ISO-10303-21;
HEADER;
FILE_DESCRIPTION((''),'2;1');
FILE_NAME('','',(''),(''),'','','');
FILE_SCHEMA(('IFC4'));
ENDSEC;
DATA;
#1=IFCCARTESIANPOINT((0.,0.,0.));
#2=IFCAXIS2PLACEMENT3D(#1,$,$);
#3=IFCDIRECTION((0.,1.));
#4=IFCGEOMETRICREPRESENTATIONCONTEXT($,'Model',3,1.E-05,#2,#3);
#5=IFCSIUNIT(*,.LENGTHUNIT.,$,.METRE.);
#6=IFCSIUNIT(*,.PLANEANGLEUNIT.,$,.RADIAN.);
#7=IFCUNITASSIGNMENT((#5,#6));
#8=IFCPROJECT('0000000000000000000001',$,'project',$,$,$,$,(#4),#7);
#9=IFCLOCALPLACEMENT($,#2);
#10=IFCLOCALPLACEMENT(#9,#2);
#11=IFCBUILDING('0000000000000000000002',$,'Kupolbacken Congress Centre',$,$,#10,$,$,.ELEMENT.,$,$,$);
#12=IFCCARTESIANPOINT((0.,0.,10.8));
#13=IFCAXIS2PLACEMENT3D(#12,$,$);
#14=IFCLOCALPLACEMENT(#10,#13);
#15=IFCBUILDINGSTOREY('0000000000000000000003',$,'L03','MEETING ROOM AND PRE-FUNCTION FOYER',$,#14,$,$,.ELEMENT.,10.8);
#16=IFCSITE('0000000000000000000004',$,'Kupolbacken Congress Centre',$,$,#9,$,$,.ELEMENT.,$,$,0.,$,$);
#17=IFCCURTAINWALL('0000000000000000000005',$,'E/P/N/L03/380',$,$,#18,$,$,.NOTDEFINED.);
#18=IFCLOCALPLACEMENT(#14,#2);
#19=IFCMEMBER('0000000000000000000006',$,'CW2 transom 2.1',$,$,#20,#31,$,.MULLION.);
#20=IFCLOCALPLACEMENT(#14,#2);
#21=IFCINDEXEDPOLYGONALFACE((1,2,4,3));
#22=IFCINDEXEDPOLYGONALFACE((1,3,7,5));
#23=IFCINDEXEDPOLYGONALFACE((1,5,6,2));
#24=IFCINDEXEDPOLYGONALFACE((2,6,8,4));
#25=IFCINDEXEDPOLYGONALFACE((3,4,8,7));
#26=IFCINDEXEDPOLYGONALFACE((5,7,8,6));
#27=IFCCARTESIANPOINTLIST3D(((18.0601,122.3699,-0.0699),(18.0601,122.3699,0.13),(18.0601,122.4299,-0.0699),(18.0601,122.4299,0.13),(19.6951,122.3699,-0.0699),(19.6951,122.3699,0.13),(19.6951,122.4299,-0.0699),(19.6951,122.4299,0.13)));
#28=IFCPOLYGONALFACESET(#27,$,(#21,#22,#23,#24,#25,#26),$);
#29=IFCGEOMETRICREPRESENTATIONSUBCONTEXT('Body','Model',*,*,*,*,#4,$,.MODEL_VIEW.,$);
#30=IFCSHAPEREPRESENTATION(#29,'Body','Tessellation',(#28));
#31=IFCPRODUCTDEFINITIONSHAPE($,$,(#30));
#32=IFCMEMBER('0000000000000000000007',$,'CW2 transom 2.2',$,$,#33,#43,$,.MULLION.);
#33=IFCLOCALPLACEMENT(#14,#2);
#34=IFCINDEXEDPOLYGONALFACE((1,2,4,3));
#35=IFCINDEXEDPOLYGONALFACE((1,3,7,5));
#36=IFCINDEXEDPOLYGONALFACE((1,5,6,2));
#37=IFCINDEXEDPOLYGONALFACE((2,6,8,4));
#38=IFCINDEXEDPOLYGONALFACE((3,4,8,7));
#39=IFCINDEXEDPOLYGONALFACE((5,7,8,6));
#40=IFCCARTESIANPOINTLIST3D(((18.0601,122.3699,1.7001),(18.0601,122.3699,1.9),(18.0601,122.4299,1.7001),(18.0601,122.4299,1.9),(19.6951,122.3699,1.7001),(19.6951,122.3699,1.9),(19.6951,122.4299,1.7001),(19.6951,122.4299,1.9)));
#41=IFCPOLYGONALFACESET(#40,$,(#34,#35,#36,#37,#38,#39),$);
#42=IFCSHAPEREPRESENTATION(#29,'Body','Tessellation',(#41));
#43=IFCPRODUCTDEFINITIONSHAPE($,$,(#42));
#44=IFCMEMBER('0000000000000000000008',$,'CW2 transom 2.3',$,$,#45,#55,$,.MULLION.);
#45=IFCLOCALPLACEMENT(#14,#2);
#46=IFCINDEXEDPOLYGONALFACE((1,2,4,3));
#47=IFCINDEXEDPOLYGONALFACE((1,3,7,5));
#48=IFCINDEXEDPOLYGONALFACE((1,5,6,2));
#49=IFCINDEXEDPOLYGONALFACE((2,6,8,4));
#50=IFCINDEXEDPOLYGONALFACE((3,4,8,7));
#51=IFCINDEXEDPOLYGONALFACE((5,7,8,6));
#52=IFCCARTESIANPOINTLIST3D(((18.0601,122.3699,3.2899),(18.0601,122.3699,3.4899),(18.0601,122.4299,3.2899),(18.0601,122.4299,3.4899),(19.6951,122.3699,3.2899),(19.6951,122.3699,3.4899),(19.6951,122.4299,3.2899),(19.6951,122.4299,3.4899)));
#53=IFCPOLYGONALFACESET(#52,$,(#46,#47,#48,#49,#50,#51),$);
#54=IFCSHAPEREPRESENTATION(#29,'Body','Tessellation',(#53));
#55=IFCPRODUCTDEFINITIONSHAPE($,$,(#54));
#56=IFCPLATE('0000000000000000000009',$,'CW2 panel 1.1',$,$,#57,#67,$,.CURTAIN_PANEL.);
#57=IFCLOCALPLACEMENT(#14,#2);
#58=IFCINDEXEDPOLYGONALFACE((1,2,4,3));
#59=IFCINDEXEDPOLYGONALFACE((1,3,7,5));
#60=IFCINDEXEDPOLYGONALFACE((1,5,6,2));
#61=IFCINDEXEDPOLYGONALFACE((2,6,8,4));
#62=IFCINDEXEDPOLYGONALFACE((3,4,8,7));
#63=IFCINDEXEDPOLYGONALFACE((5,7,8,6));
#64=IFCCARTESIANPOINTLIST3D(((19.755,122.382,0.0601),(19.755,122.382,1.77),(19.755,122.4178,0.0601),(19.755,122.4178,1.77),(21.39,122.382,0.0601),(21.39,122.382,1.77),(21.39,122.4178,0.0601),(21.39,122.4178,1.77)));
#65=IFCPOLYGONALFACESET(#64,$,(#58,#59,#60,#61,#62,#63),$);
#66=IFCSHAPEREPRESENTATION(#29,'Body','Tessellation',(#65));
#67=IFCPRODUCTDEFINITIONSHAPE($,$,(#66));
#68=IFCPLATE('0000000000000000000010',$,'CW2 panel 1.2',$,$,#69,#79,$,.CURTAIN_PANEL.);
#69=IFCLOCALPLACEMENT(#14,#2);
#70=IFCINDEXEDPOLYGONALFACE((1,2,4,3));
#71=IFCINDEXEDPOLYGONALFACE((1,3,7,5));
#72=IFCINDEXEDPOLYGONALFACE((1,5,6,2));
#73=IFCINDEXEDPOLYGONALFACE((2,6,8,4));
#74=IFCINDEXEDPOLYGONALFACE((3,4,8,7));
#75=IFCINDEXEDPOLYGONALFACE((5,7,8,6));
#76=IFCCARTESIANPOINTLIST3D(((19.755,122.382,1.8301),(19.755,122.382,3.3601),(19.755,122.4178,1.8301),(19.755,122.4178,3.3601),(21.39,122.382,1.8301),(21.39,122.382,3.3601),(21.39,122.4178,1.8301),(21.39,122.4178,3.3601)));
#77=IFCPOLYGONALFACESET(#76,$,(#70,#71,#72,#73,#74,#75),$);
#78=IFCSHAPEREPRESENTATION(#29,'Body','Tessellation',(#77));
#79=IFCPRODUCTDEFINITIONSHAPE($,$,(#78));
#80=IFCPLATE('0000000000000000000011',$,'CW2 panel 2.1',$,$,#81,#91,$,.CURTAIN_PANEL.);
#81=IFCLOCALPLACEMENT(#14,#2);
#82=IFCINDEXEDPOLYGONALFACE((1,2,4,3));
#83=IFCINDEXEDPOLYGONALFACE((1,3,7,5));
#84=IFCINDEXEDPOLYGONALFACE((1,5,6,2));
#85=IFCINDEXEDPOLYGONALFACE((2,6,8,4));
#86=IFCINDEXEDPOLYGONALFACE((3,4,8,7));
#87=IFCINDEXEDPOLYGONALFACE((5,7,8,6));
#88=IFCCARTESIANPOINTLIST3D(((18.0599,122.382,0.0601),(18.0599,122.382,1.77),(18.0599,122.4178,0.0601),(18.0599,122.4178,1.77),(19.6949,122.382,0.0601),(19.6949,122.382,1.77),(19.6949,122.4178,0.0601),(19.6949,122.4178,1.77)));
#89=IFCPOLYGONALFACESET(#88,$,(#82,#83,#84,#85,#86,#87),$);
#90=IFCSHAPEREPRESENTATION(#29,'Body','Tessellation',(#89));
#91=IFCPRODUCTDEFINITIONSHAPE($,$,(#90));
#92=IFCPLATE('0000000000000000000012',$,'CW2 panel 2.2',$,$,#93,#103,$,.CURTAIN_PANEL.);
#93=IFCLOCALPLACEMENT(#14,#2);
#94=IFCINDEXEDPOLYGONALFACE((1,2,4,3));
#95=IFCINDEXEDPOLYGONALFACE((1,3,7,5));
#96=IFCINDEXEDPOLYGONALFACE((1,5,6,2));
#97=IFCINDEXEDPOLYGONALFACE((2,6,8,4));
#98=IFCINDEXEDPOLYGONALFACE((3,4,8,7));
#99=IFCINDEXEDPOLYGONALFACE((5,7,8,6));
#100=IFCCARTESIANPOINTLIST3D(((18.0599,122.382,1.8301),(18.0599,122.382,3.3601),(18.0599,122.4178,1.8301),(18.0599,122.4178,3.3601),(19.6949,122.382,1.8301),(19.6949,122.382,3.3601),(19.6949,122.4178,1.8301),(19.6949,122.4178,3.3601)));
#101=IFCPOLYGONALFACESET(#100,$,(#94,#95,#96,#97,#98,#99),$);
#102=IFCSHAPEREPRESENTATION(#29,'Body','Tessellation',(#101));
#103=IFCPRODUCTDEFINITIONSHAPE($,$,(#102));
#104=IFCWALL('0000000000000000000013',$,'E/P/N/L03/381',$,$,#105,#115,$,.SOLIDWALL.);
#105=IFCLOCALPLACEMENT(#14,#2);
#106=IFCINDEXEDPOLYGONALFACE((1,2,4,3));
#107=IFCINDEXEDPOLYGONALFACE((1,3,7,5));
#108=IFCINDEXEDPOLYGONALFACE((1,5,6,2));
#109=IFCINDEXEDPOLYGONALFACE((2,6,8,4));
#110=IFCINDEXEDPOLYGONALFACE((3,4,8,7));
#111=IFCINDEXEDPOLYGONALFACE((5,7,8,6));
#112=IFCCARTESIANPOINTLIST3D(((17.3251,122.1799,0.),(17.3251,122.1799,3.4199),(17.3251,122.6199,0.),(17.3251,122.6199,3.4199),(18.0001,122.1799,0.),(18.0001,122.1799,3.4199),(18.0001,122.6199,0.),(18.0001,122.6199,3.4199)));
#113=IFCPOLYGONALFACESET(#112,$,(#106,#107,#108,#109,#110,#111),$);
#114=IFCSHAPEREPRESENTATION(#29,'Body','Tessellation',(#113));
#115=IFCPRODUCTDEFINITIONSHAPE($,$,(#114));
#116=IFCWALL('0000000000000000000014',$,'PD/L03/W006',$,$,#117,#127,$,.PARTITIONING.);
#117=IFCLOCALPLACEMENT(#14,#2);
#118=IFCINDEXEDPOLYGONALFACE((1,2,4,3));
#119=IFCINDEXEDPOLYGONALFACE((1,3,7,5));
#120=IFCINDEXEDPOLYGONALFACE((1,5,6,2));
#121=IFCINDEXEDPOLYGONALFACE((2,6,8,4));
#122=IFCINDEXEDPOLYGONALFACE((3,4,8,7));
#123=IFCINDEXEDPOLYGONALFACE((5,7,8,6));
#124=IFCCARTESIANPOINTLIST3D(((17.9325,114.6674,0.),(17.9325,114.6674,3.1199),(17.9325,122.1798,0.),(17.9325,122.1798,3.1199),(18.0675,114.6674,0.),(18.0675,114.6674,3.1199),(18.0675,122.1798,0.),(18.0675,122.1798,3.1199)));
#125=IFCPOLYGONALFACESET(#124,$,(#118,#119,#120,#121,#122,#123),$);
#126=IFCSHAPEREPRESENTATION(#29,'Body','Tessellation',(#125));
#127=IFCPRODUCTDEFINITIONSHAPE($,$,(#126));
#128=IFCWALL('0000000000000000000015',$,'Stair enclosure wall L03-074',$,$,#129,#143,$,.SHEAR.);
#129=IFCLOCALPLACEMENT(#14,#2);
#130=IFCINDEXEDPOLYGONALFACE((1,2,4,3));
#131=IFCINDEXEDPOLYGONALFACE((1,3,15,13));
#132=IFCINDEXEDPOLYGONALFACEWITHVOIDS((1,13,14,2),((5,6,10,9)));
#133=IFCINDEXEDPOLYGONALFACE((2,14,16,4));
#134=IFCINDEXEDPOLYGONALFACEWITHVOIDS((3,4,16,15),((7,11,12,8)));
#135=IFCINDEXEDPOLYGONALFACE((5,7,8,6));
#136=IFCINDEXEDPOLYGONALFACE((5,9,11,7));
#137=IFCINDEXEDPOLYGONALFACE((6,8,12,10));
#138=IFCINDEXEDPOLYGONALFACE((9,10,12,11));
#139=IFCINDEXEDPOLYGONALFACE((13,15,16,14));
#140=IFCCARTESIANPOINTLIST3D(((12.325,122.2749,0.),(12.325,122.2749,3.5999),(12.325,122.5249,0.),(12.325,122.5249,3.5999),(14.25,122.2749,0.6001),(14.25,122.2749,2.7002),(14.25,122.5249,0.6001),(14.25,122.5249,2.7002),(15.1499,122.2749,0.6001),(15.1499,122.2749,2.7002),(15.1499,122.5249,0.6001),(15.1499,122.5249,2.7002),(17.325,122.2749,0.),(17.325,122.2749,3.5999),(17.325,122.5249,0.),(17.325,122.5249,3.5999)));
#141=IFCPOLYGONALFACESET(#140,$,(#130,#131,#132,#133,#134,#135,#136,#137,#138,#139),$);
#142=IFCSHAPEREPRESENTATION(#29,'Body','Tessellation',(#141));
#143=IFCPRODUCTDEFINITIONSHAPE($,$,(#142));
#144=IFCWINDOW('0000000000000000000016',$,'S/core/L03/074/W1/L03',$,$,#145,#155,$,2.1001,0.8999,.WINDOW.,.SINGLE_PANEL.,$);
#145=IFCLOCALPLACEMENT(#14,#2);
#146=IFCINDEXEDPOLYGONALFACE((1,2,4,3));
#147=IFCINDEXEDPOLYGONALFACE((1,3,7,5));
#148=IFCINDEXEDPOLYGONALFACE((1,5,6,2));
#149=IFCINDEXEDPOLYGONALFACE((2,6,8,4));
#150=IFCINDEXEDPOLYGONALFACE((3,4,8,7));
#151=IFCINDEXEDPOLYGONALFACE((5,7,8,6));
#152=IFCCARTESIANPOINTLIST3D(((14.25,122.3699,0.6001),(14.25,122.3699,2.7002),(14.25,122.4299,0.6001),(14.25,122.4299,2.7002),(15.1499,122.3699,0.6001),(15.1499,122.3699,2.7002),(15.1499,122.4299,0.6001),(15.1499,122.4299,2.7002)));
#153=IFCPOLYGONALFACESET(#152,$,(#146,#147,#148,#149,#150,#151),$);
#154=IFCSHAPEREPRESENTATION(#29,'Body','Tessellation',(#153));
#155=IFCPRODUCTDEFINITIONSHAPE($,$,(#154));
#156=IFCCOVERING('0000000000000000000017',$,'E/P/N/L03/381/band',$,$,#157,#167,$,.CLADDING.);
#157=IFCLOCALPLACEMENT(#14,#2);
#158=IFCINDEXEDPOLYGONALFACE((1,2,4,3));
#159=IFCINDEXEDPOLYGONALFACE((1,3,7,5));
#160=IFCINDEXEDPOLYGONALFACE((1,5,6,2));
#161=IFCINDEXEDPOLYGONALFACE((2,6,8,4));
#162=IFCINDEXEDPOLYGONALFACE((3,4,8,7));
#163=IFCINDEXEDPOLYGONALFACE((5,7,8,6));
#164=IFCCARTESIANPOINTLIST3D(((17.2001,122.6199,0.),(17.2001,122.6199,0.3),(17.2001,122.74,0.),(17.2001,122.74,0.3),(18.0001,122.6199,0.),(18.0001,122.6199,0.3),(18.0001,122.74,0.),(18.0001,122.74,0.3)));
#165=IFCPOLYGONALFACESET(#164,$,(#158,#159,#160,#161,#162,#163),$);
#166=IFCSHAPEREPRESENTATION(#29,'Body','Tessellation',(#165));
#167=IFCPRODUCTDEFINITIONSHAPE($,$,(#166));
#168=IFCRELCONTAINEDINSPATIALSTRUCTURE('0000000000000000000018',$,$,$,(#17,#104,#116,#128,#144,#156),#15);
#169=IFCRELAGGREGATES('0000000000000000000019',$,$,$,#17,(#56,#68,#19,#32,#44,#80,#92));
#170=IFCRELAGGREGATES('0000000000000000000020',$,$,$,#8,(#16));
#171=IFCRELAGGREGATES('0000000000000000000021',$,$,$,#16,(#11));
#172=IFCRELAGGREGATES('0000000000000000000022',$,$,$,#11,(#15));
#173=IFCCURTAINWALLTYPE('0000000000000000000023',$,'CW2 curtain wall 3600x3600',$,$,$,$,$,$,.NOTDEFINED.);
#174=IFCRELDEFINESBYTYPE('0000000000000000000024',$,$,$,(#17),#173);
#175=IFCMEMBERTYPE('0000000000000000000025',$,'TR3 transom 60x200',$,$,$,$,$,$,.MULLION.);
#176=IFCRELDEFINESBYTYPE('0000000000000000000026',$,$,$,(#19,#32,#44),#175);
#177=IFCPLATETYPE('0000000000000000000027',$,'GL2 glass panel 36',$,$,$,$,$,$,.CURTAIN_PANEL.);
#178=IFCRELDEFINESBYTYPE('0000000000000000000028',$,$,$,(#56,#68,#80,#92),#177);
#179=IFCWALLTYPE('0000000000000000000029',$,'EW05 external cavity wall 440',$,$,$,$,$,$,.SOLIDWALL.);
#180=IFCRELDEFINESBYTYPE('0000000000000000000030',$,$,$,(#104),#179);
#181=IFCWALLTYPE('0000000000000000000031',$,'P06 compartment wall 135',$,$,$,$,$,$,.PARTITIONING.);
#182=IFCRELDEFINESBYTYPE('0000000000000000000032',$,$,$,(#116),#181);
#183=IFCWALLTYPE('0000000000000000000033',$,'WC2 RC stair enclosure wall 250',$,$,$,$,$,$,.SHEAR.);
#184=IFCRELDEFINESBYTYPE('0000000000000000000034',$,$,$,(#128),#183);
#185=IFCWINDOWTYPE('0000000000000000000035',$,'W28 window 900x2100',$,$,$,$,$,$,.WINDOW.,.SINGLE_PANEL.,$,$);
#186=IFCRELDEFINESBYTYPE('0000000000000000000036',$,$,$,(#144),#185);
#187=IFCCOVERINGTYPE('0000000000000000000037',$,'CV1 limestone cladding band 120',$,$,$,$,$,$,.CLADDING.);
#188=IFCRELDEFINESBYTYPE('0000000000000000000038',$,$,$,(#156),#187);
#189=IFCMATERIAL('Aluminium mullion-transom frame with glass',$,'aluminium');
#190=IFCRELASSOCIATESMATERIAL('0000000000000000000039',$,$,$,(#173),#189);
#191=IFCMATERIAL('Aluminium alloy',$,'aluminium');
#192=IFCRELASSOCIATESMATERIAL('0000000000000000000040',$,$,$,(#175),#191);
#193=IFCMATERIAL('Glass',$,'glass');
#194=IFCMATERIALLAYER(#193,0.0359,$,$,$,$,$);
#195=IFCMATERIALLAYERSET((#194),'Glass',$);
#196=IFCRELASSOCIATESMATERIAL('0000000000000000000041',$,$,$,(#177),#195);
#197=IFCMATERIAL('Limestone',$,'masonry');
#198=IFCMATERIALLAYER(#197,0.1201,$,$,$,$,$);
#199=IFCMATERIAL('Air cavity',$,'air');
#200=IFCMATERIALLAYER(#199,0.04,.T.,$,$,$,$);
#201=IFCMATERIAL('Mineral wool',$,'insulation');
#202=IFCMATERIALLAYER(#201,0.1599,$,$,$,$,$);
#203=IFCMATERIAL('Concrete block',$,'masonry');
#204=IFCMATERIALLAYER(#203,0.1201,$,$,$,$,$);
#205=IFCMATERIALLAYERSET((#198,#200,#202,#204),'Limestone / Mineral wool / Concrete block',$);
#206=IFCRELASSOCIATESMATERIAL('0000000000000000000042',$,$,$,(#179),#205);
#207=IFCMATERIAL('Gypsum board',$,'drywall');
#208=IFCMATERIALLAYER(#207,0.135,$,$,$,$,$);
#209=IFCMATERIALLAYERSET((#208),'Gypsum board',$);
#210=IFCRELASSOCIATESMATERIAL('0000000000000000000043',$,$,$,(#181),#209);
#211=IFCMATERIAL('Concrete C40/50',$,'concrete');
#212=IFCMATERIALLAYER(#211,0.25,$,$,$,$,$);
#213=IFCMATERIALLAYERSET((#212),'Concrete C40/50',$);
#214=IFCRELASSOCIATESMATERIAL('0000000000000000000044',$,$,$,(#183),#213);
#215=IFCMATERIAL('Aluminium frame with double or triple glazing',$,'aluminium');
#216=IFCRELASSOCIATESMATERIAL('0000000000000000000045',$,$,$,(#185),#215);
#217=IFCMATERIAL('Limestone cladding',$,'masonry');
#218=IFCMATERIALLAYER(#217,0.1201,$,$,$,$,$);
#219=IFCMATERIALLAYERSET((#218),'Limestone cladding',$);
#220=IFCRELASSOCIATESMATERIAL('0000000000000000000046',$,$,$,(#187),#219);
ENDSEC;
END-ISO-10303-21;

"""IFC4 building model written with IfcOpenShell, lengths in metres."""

from ifc_helpers import new_model, si_unit, direction, frame, frame_2d, origin, origin_2d, place, context, subcontext, project, spatial, rectangle, extrude, material, layer, layer_set, material_profile, profile_set, type_object, element, fill, aggregate, save


model = new_model("IFC4")

# Units and contexts
model_context = context("Model", 3, precision=1e-05, world=origin(), true_north=direction((0.0, 1.0)))
body_context = subcontext(model_context, "Body", "Model", "MODEL_VIEW")
ifc_project = project(units=[si_unit("LENGTHUNIT", "METRE"), si_unit("PLANEANGLEUNIT", "RADIAN")], contexts=[model_context])

# Site, building, storey
site_placement = place(None, origin())
site = spatial("IfcSite", under=ifc_project, at=site_placement, Name="Kupolbacken Congress Centre", CompositionType="ELEMENT", RefElevation=0.0)
building_placement = place(site_placement, origin())
building = spatial("IfcBuilding", under=site, at=building_placement, Name="Kupolbacken Congress Centre", CompositionType="ELEMENT")
storey_placement = place(building_placement, frame((0.0, 0.0, 10.8)))
storey = spatial("IfcBuildingStorey", under=building, at=storey_placement, Name="L03", Description="MEETING ROOM AND PRE-FUNCTION FOYER", CompositionType="ELEMENT", Elevation=10.8)

# Curtain wall, members, plates
ifc_material_1 = material(Name="Aluminium mullion-transom frame with glass", Category="aluminium")
curtain_wall_type_1 = type_object("IfcCurtainWallType", Name="CW2 curtain wall 3600x3600", PredefinedType="NOTDEFINED", material=ifc_material_1)
curtain_wall_1_placement = place(storey_placement, origin())
curtain_wall_1 = element("IfcCurtainWall", 1, at=curtain_wall_1_placement, inside=storey, type_object=curtain_wall_type_1, Name="E/P/N/L03/380", PredefinedType="NOTDEFINED")
ifc_material_2 = material(Name="Aluminium alloy", Category="aluminium")
ifc_material_profile_1 = material_profile(ifc_material_2, rectangle(XDim=0.0601, YDim=0.2, at=origin_2d()), Name="60 x 200")
ifc_profile_set_1 = profile_set([ifc_material_profile_1], Name="Aluminium alloy")
member_type_1 = type_object("IfcMemberType", Name="TR3 transom 60x200", PredefinedType="MULLION", material=ifc_profile_set_1)
member_1_placement = place(storey_placement, frame((19.6951, 122.3999, 0.03), z_axis=(-1.0, 0.0, 0.0), x_axis=(0.0, -1.0, 0.0)))
member_1 = element("IfcMember", 2, at=member_1_placement, type_object=member_type_1, Name="CW2 transom 2.1", PredefinedType="MULLION", context=body_context, shape_type="SweptSolid", body=[
    extrude(rectangle(XDim=0.0601, YDim=0.2, at=origin_2d()), origin(), (0.0, 0.0, 1.0), 1.635),
])
member_2_placement = place(storey_placement, frame((19.6951, 122.3999, 1.8), z_axis=(-1.0, 0.0, 0.0), x_axis=(0.0, -1.0, 0.0)))
member_2 = element("IfcMember", 3, at=member_2_placement, type_object=member_type_1, Name="CW2 transom 2.2", PredefinedType="MULLION", context=body_context, shape_type="SweptSolid", body=[
    extrude(rectangle(XDim=0.0601, YDim=0.2, at=origin_2d()), origin(), (0.0, 0.0, 1.0), 1.635),
])
member_3_placement = place(storey_placement, frame((19.6951, 122.3999, 3.3899), z_axis=(-1.0, 0.0, 0.0), x_axis=(0.0, -1.0, 0.0)))
member_3 = element("IfcMember", 4, at=member_3_placement, type_object=member_type_1, Name="CW2 transom 2.3", PredefinedType="MULLION", context=body_context, shape_type="SweptSolid", body=[
    extrude(rectangle(XDim=0.0601, YDim=0.2, at=origin_2d()), origin(), (0.0, 0.0, 1.0), 1.635),
])
ifc_material_3 = material(Name="Glass", Category="glass")
ifc_layer_1 = layer(ifc_material_3, 0.0359)
ifc_layer_set_1 = layer_set([ifc_layer_1], Name="Glass")
plate_type = type_object("IfcPlateType", Name="GL2 glass panel 36", PredefinedType="CURTAIN_PANEL", material=ifc_layer_set_1)
plate_1_placement = place(storey_placement, frame((20.5725, 122.3999, 0.0601), z_axis=(0.0, 0.0, 1.0), x_axis=(-1.0, 0.0, 0.0)))
plate_1 = element("IfcPlate", 5, at=plate_1_placement, type_object=plate_type, Name="CW2 panel 1.1", PredefinedType="CURTAIN_PANEL", context=body_context, shape_type="SweptSolid", body=[
    extrude(rectangle(XDim=1.635, YDim=0.0359, at=origin_2d()), origin(), (0.0, 0.0, 1.0), 1.71),
])
plate_2_placement = place(storey_placement, frame((20.5725, 122.3999, 1.8301), z_axis=(0.0, 0.0, 1.0), x_axis=(-1.0, 0.0, 0.0)))
plate_2 = element("IfcPlate", 6, at=plate_2_placement, type_object=plate_type, Name="CW2 panel 1.2", PredefinedType="CURTAIN_PANEL", context=body_context, shape_type="SweptSolid", body=[
    extrude(rectangle(XDim=1.635, YDim=0.0359, at=origin_2d()), origin(), (0.0, 0.0, 1.0), 1.53),
])
plate_3_placement = place(storey_placement, frame((18.8774, 122.3999, 0.0601), z_axis=(0.0, 0.0, 1.0), x_axis=(-1.0, 0.0, 0.0)))
plate_3 = element("IfcPlate", 7, at=plate_3_placement, type_object=plate_type, Name="CW2 panel 2.1", PredefinedType="CURTAIN_PANEL", context=body_context, shape_type="SweptSolid", body=[
    extrude(rectangle(XDim=1.635, YDim=0.0359, at=origin_2d()), origin(), (0.0, 0.0, 1.0), 1.71),
])
plate_4_placement = place(storey_placement, frame((18.8774, 122.3999, 1.8301), z_axis=(0.0, 0.0, 1.0), x_axis=(-1.0, 0.0, 0.0)))
plate_4 = element("IfcPlate", 8, at=plate_4_placement, type_object=plate_type, Name="CW2 panel 2.2", PredefinedType="CURTAIN_PANEL", context=body_context, shape_type="SweptSolid", body=[
    extrude(rectangle(XDim=1.635, YDim=0.0359, at=origin_2d()), origin(), (0.0, 0.0, 1.0), 1.53),
])
aggregate(curtain_wall_1, [plate_1, plate_2, member_1, member_2, member_3, plate_3, plate_4])

# Walls
ifc_material_4 = material(Name="Limestone", Category="masonry")
ifc_layer_2 = layer(ifc_material_4, 0.1201)
ifc_material_5 = material(Name="Air cavity", Category="air")
ifc_layer_3 = layer(ifc_material_5, 0.04, ventilated=True)
ifc_material_6 = material(Name="Mineral wool", Category="insulation")
ifc_layer_4 = layer(ifc_material_6, 0.1599)
ifc_material_7 = material(Name="Concrete block", Category="masonry")
ifc_layer_5 = layer(ifc_material_7, 0.1201)
ifc_layer_set_2 = layer_set([ifc_layer_2, ifc_layer_3, ifc_layer_4, ifc_layer_5], Name="Limestone / Mineral wool / Concrete block")
wall_type_1 = type_object("IfcWallType", Name="EW05 external cavity wall 440", PredefinedType="SOLIDWALL", material=ifc_layer_set_2)
wall_1_placement = place(storey_placement, frame((18.0, 122.3999, 0.0), z_axis=(0.0, 0.0, 1.0), x_axis=(-1.0, 0.0, 0.0)))
element("IfcWall", 9, at=wall_1_placement, inside=storey, type_object=wall_type_1, Name="E/P/N/L03/381", PredefinedType="SOLIDWALL", context=body_context, shape_type="SweptSolid", body=[
    extrude(rectangle(XDim=0.675, YDim=0.4399, at=frame_2d((0.3374, 0.0))), origin(), (0.0, 0.0, 1.0), 3.4199),
])
ifc_material_8 = material(Name="Gypsum board", Category="drywall")
ifc_layer_6 = layer(ifc_material_8, 0.135)
ifc_layer_set_3 = layer_set([ifc_layer_6], Name="Gypsum board")
wall_type_2 = type_object("IfcWallType", Name="P06 compartment wall 135", PredefinedType="PARTITIONING", material=ifc_layer_set_3)
wall_2_placement = place(storey_placement, frame((18.0, 122.1799, 0.0), z_axis=(0.0, 0.0, 1.0), x_axis=(0.0, -1.0, 0.0)))
element("IfcWall", 10, at=wall_2_placement, inside=storey, type_object=wall_type_2, Name="PD/L03/W006", PredefinedType="PARTITIONING", context=body_context, shape_type="SweptSolid", body=[
    extrude(rectangle(XDim=7.5125, YDim=0.135, at=frame_2d((3.7563, 0.0))), origin(), (0.0, 0.0, 1.0), 3.1199),
])

# Wall, opening, window
ifc_material_9 = material(Name="Concrete C40/50", Category="concrete")
ifc_layer_7 = layer(ifc_material_9, 0.25)
ifc_layer_set_4 = layer_set([ifc_layer_7], Name="Concrete C40/50")
wall_type_3 = type_object("IfcWallType", Name="WC2 RC stair enclosure wall 250", PredefinedType="SHEAR", material=ifc_layer_set_4)
wall_3_placement = place(storey_placement, frame((17.325, 122.3999, 0.0), z_axis=(0.0, 0.0, 1.0), x_axis=(-1.0, 0.0, 0.0)))
wall_3 = element("IfcWall", 11, at=wall_3_placement, inside=storey, type_object=wall_type_3, Name="Stair enclosure wall L03-074", PredefinedType="SHEAR", context=body_context, shape_type="SweptSolid", body=[
    extrude(rectangle(XDim=5.0, YDim=0.25, at=frame_2d((2.5, 0.0))), origin(), (0.0, 0.0, 1.0), 3.5999),
])
opening_placement = place(wall_3_placement, frame((2.175, 0.0, 0.6001)))
opening = element("IfcOpeningElement", 12, at=opening_placement, cuts=wall_3, PredefinedType="OPENING", context=body_context, shape_type="SweptSolid", body=[
    extrude(rectangle(XDim=0.8999, YDim=2.1001, at=frame_2d((0.45, 1.05))), frame((0.0, 0.135, 0.0), z_axis=(0.0, -1.0, 0.0), x_axis=(1.0, 0.0, 0.0)), (0.0, 0.0, 1.0), 0.27),
])
ifc_material_10 = material(Name="Aluminium frame with double or triple glazing", Category="aluminium")
window_type = type_object("IfcWindowType", Name="W28 window 900x2100", PartitioningType="SINGLE_PANEL", PredefinedType="WINDOW", material=ifc_material_10)
window_placement = place(opening_placement, origin())
window = element("IfcWindow", 13, at=window_placement, inside=storey, type_object=window_type, Name="S/core/L03/074/W1/L03", OverallHeight=2.1001, OverallWidth=0.8999, PartitioningType="SINGLE_PANEL", PredefinedType="WINDOW", context=body_context, shape_type="SweptSolid", body=[
    extrude(rectangle(XDim=0.8999, YDim=2.1001, at=frame_2d((0.45, 1.05))), frame((0.0, 0.03, 0.0), z_axis=(0.0, -1.0, 0.0), x_axis=(1.0, 0.0, 0.0)), (0.0, 0.0, 1.0), 0.0601),
])
fill(opening, window)

# Covering
ifc_material_11 = material(Name="Limestone cladding", Category="masonry")
ifc_layer_8 = layer(ifc_material_11, 0.1201)
ifc_layer_set_5 = layer_set([ifc_layer_8], Name="Limestone cladding")
covering_type_1 = type_object("IfcCoveringType", Name="CV1 limestone cladding band 120", PredefinedType="CLADDING", material=ifc_layer_set_5)
covering_1_placement = place(storey_placement, frame((17.6001, 122.6799, 0.0), z_axis=(0.0, 0.0, 1.0), x_axis=(-1.0, 0.0, 0.0)))
element("IfcCovering", 14, at=covering_1_placement, inside=storey, type_object=covering_type_1, Name="E/P/N/L03/381/band", PredefinedType="CLADDING", context=body_context, shape_type="SweptSolid", body=[
    extrude(rectangle(XDim=0.8, YDim=0.1201, at=origin_2d()), origin(), (0.0, 0.0, 1.0), 0.3),
])

save(model, "model.ifc")
